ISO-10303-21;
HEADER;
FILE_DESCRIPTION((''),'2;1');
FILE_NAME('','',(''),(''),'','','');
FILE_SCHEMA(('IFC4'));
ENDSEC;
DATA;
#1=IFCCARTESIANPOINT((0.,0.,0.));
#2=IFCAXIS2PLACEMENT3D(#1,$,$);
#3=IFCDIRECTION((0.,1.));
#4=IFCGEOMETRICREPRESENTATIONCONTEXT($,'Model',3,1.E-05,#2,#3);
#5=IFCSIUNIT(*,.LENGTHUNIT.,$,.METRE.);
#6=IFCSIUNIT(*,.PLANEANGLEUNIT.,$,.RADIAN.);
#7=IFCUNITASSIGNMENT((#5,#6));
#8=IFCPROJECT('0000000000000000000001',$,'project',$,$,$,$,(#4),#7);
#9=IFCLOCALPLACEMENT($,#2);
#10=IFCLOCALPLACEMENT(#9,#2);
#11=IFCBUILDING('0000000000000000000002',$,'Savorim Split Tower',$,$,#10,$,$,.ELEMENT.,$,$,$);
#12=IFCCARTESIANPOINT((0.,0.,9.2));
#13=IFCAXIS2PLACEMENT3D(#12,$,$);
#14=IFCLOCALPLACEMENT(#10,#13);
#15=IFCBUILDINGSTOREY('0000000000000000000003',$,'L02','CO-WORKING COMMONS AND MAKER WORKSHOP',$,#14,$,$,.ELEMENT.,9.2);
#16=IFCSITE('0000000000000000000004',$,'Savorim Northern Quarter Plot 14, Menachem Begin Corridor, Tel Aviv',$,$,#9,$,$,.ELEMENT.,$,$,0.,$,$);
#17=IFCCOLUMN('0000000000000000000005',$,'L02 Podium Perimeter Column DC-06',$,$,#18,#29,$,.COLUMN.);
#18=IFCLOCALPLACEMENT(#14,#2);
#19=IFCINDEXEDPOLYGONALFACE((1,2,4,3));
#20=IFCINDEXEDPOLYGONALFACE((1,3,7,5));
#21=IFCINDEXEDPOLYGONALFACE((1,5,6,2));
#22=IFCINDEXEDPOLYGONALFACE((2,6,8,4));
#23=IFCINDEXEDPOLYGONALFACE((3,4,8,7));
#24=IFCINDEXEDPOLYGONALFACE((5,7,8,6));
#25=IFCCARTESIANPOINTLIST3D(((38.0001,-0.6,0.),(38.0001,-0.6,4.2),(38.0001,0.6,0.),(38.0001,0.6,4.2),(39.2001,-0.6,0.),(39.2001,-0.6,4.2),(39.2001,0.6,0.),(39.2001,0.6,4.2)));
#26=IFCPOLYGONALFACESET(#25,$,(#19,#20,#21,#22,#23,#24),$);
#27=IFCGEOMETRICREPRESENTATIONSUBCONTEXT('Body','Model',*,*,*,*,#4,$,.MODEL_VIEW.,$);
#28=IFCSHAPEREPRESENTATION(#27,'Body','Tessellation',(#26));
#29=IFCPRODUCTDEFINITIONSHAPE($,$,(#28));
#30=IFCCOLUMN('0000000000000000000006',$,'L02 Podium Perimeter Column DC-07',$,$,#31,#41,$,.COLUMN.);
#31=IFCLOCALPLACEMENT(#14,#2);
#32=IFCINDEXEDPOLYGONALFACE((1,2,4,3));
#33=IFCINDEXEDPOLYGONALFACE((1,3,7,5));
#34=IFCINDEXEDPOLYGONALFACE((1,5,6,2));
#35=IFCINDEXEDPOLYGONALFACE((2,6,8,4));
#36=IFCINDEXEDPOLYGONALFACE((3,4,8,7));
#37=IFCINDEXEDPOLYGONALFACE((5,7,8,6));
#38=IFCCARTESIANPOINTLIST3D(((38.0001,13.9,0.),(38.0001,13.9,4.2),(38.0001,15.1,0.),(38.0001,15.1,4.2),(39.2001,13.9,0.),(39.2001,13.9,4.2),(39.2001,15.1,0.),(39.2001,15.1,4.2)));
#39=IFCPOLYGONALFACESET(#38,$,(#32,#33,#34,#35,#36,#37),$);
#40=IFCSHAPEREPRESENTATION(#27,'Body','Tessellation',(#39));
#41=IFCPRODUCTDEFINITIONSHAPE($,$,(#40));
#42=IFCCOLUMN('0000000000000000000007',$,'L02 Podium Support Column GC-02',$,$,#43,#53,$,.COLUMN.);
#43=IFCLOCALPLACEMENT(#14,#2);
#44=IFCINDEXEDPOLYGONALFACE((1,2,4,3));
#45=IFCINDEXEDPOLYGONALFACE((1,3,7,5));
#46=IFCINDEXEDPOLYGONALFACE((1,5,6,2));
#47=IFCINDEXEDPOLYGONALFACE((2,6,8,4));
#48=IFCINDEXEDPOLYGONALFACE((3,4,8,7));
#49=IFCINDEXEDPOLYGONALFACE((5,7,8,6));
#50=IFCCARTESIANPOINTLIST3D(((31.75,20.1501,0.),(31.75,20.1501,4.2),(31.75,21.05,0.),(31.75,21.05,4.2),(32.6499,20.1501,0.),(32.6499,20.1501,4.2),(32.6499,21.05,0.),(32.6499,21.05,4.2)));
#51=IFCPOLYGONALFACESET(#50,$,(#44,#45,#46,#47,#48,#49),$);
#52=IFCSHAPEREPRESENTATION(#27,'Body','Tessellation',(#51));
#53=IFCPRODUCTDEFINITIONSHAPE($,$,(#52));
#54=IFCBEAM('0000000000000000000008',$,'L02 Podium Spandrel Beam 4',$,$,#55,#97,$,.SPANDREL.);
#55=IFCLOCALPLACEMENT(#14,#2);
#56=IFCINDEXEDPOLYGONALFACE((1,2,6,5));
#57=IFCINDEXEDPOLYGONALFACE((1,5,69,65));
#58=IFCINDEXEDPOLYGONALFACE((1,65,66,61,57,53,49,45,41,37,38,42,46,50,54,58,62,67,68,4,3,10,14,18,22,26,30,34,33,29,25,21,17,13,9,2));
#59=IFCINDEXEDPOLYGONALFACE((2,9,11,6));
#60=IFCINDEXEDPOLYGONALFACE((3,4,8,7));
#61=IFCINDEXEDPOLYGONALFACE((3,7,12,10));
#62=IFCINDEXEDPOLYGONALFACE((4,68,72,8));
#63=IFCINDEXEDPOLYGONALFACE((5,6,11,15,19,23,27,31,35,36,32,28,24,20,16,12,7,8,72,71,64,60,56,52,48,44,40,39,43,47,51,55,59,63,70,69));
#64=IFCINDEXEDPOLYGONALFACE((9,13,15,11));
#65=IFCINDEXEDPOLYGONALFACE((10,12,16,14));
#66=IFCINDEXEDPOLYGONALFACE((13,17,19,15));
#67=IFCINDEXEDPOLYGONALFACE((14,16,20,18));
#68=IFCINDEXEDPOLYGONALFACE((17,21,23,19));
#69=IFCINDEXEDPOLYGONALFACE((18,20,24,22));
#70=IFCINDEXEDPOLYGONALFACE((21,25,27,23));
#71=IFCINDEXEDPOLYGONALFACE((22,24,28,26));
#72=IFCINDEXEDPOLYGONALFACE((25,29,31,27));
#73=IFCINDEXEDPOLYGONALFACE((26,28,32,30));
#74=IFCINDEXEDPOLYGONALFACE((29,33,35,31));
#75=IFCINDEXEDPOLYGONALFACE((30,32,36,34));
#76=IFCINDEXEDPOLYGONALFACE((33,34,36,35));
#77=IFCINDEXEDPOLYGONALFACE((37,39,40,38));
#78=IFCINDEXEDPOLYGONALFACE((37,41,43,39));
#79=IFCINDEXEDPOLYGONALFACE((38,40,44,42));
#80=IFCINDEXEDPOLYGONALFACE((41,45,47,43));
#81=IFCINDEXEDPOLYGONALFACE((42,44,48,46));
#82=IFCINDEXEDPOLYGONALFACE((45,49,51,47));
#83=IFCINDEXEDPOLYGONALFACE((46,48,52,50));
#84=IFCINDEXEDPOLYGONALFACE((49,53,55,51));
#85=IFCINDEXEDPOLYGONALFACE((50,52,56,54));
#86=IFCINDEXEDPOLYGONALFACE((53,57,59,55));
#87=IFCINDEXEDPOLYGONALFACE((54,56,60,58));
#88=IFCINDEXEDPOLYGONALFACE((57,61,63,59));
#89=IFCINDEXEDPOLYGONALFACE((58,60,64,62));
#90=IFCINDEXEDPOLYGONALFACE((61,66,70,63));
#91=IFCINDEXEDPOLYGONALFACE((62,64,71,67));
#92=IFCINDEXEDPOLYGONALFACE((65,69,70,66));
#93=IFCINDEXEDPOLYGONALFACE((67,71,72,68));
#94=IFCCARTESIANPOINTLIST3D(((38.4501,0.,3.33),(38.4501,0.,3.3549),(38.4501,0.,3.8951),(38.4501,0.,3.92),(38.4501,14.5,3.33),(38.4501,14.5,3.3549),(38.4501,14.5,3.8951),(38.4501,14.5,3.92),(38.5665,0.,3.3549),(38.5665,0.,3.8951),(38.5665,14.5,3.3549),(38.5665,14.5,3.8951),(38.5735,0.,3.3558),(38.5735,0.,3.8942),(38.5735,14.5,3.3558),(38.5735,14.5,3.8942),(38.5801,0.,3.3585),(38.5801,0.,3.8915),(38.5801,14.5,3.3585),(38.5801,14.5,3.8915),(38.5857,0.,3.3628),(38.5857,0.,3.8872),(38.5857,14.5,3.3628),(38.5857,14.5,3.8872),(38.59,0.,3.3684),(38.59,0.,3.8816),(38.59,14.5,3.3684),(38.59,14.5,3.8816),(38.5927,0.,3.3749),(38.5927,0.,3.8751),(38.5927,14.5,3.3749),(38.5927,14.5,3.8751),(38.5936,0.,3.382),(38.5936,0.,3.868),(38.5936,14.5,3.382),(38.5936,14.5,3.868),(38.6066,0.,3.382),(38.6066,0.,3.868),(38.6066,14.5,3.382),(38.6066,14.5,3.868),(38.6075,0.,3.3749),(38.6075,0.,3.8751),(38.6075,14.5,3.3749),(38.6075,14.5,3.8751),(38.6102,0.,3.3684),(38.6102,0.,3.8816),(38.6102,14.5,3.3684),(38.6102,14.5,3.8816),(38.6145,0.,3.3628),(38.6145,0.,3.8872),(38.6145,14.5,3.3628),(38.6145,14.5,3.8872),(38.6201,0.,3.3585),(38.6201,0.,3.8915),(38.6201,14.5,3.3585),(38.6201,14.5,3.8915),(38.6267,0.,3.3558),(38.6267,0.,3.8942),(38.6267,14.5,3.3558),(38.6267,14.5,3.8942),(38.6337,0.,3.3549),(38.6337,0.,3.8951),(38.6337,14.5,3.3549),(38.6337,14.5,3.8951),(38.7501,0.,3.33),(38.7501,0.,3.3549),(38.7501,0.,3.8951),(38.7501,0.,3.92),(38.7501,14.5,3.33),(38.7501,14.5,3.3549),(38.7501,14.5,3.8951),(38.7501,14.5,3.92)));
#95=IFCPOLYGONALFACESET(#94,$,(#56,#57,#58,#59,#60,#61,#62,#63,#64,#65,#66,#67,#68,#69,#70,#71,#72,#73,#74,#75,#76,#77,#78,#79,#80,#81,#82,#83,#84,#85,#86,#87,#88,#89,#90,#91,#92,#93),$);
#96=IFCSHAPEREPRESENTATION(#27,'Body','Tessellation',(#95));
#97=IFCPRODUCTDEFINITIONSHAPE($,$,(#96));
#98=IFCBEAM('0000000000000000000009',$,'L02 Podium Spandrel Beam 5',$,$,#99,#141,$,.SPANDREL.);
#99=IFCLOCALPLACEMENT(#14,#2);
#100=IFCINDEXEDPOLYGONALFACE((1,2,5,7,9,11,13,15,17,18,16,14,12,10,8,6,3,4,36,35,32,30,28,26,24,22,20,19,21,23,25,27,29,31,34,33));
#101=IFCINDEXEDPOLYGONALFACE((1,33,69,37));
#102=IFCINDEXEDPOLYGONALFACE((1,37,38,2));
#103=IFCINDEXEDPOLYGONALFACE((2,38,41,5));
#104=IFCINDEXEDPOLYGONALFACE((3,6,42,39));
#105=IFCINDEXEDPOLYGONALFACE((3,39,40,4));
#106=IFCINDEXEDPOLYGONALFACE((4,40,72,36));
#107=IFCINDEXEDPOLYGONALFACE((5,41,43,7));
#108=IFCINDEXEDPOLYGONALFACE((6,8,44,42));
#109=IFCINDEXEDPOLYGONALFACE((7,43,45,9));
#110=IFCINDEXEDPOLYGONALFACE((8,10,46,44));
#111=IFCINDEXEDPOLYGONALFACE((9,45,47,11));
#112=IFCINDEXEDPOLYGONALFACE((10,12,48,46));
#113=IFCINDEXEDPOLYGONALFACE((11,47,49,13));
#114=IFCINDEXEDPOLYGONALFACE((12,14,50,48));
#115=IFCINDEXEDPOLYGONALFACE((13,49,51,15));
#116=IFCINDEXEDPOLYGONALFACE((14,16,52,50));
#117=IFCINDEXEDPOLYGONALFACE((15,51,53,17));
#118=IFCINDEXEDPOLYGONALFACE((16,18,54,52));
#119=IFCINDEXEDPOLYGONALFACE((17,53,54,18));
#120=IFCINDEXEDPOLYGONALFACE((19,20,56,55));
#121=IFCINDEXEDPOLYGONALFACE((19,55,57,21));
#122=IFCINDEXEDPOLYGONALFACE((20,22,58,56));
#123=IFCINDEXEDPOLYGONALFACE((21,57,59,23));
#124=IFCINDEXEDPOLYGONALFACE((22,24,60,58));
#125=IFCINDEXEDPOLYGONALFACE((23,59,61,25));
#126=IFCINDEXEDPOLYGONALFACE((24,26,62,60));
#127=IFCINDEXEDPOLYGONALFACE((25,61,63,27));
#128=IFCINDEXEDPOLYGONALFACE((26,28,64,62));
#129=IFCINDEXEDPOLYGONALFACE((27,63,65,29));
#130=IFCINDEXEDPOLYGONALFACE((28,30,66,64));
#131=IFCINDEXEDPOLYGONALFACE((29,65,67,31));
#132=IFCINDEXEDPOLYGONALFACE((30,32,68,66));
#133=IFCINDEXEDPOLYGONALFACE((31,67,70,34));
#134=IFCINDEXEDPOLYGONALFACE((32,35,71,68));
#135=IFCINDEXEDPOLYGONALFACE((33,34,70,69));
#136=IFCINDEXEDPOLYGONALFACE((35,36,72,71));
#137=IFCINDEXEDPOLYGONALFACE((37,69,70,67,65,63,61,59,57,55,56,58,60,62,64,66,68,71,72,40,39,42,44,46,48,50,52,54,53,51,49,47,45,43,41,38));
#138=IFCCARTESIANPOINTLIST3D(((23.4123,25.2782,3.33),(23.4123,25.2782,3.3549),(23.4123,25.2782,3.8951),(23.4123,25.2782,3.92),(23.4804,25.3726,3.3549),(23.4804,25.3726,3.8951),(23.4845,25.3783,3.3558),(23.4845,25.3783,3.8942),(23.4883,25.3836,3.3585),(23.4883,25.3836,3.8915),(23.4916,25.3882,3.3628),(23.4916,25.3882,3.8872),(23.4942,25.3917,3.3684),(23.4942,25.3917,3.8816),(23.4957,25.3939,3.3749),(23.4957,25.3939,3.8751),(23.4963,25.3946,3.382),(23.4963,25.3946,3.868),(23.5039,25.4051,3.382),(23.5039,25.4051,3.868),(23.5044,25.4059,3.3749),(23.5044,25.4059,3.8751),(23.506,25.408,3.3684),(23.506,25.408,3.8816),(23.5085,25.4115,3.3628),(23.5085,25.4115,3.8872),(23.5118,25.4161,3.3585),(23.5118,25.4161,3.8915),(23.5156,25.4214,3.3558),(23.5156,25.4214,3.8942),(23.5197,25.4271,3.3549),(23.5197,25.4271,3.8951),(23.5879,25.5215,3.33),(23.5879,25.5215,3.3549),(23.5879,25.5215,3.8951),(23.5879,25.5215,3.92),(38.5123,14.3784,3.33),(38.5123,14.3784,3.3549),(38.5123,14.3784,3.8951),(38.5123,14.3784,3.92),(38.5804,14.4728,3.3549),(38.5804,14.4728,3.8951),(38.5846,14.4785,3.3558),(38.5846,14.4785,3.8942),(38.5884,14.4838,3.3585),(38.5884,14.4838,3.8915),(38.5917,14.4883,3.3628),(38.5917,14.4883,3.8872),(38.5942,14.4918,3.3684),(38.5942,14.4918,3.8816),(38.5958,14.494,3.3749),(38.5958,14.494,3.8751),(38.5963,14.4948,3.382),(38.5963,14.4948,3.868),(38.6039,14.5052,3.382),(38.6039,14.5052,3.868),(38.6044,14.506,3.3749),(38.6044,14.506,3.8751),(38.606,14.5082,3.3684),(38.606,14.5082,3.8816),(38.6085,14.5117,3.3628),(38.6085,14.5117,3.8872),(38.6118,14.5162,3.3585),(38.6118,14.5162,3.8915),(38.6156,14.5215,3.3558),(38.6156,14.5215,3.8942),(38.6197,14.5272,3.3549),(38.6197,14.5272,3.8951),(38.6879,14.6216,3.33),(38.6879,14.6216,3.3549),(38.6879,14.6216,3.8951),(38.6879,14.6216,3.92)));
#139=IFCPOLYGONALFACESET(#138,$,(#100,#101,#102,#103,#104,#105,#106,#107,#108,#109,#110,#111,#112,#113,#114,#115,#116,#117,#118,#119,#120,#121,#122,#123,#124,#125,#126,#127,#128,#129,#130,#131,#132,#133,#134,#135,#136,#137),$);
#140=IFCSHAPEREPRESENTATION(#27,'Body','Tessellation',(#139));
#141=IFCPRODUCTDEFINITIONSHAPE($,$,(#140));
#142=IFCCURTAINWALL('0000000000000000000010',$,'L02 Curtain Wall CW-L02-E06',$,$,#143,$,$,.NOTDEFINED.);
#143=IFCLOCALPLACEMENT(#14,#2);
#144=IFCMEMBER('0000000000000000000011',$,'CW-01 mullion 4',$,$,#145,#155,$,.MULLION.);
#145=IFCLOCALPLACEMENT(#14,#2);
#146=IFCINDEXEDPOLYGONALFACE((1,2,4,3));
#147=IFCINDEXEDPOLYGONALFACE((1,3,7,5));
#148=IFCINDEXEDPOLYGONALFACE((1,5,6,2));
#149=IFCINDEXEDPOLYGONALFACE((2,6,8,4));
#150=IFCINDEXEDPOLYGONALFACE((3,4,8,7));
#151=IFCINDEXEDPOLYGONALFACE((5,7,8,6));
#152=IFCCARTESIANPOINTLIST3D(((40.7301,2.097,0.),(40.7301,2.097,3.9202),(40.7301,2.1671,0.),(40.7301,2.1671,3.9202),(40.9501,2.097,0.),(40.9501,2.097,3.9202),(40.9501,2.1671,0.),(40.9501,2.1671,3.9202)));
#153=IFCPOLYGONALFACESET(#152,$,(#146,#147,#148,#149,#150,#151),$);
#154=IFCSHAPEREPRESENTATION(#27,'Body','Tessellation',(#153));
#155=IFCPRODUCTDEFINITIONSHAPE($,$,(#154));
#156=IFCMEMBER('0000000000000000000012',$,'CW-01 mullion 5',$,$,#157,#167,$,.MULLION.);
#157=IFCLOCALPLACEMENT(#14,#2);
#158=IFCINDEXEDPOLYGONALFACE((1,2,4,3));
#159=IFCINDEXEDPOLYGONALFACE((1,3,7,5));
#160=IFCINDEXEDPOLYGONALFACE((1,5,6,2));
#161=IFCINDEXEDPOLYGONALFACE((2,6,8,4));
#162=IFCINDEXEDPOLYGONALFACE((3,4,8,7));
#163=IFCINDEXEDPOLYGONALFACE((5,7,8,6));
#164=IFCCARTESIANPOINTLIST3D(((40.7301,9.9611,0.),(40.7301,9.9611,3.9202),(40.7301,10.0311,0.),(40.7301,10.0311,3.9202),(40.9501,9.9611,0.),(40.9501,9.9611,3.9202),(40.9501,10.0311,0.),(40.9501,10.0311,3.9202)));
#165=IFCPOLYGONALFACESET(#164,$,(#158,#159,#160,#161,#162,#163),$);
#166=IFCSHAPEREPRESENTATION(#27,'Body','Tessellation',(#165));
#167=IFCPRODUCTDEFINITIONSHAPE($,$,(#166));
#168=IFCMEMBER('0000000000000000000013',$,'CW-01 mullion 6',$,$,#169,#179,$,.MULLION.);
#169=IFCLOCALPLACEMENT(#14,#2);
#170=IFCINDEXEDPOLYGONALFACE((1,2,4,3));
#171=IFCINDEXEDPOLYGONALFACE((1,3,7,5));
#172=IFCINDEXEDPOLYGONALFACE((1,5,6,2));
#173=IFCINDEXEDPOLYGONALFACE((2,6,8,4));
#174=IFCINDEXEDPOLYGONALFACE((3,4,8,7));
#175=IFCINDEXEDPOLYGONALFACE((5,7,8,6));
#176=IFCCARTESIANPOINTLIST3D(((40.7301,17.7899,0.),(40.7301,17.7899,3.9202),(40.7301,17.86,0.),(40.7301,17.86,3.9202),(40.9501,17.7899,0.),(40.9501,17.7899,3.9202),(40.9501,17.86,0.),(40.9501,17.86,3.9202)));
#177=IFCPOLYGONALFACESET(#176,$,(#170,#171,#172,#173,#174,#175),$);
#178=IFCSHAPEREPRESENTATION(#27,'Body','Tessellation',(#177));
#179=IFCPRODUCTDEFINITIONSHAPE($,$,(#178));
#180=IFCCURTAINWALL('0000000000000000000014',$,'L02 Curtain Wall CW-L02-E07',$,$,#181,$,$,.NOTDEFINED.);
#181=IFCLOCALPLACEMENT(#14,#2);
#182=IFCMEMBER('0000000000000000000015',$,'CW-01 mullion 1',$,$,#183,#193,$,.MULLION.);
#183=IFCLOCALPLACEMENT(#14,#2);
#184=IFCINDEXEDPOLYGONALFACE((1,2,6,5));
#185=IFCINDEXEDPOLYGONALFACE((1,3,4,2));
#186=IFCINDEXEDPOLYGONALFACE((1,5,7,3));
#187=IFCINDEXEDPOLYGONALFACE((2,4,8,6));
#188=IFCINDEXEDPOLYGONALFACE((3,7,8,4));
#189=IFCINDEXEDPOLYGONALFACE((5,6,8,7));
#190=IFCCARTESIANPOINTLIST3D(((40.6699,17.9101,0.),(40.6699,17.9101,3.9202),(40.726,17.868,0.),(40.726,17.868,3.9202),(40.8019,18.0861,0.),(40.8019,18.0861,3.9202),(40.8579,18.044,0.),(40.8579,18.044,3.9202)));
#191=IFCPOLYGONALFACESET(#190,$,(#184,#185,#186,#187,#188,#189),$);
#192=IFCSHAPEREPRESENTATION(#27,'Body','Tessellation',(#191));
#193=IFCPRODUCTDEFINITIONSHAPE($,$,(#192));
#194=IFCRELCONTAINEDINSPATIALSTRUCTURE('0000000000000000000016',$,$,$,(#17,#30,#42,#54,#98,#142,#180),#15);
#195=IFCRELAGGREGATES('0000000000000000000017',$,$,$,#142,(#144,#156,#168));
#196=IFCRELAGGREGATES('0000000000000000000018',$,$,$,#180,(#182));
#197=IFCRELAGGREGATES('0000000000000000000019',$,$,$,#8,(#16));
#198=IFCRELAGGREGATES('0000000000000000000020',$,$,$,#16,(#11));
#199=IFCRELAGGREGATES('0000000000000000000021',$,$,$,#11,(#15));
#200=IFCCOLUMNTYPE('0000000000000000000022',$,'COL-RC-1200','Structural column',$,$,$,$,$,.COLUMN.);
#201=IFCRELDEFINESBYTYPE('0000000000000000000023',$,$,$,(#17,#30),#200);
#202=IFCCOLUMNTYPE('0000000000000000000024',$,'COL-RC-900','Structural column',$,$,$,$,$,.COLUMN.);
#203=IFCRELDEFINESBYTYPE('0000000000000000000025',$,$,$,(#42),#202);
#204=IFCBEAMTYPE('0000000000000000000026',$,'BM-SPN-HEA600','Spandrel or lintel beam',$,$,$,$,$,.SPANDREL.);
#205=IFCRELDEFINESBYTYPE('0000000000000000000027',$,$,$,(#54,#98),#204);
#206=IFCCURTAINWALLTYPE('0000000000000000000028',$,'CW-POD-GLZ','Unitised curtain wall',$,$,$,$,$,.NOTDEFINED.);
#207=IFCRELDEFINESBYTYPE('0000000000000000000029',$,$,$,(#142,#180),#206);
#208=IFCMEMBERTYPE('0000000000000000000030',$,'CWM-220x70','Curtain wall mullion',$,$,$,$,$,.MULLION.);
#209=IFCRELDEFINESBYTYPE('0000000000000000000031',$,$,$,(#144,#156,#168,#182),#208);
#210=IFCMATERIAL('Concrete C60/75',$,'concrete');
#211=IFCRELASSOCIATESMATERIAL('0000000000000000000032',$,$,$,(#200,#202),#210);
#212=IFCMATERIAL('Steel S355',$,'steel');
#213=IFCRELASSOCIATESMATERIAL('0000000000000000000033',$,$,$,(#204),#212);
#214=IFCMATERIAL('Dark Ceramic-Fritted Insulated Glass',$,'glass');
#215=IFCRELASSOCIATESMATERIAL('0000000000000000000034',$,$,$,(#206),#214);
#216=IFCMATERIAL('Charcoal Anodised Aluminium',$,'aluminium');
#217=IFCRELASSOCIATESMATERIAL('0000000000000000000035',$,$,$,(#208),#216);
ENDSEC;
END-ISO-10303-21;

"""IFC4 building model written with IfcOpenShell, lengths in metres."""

from ifc_helpers import new_model, si_unit, direction, frame, origin, origin_2d, place, context, subcontext, project, spatial, rectangle, i_section, extrude, material, material_profile, profile_set, type_object, element, aggregate, save


model = new_model("IFC4")

# Units and contexts
model_context = context("Model", 3, precision=1e-05, world=origin(), true_north=direction((0.0, 1.0)))
body_context = subcontext(model_context, "Body", "Model", "MODEL_VIEW")
ifc_project = project(units=[si_unit("LENGTHUNIT", "METRE"), si_unit("PLANEANGLEUNIT", "RADIAN")], contexts=[model_context])

# Site, building, storey
site_placement = place(None, origin())
site = spatial("IfcSite", under=ifc_project, at=site_placement, Name="Savorim Northern Quarter Plot 14, Menachem Begin Corridor, Tel Aviv", CompositionType="ELEMENT", RefElevation=0.0)
building_placement = place(site_placement, origin())
building = spatial("IfcBuilding", under=site, at=building_placement, Name="Savorim Split Tower", CompositionType="ELEMENT")
storey_placement = place(building_placement, frame((0.0, 0.0, 9.2)))
storey = spatial("IfcBuildingStorey", under=building, at=storey_placement, Name="L02", Description="CO-WORKING COMMONS AND MAKER WORKSHOP", CompositionType="ELEMENT", Elevation=9.2)

# Columns
ifc_material_1 = material(Name="Concrete C60/75", Category="concrete")
ifc_material_profile_1 = material_profile(ifc_material_1, rectangle(XDim=1.2, YDim=1.2, at=origin_2d()), Name="RC 1200x1200")
ifc_profile_set_1 = profile_set([ifc_material_profile_1], Name="Concrete C60/75")
column_type_1 = type_object("IfcColumnType", Name="COL-RC-1200", Description="Structural column", PredefinedType="COLUMN", material=ifc_profile_set_1)
for number, where, z_axis, x_axis, name in (
    (1, (38.6001, 0.0, 0.0), (0.0, 0.0, 1.0), (1.0, 0.0, 0.0), "L02 Podium Perimeter Column DC-06"),
    (2, (38.6001, 14.5, 0.0), (0.0, 0.0, 1.0), (1.0, 0.0, 0.0), "L02 Podium Perimeter Column DC-07"),
):
    element("IfcColumn", number, at=place(storey_placement, frame(where, z_axis=z_axis, x_axis=x_axis)), inside=storey, type_object=column_type_1, Name=name, PredefinedType="COLUMN", context=body_context, shape_type="SweptSolid", body=[
        extrude(rectangle(XDim=1.2, YDim=1.2, at=origin_2d()), origin(), (0.0, 0.0, 1.0), 4.2),
    ])
ifc_material_profile_2 = material_profile(ifc_material_1, rectangle(XDim=0.8999, YDim=0.8999, at=origin_2d()), Name="RC 900x900")
ifc_profile_set_2 = profile_set([ifc_material_profile_2], Name="Concrete C60/75")
column_type_2 = type_object("IfcColumnType", Name="COL-RC-900", Description="Structural column", PredefinedType="COLUMN", material=ifc_profile_set_2)
column_placement = place(storey_placement, frame((32.2, 20.6001, 0.0), z_axis=(0.0, 0.0, 1.0), x_axis=(1.0, 0.0, 0.0)))
element("IfcColumn", 3, at=column_placement, inside=storey, type_object=column_type_2, Name="L02 Podium Support Column GC-02", PredefinedType="COLUMN", context=body_context, shape_type="SweptSolid", body=[
    extrude(rectangle(XDim=0.8999, YDim=0.8999, at=origin_2d()), origin(), (0.0, 0.0, 1.0), 4.2),
])

# Beams
ifc_material_2 = material(Name="Steel S355", Category="steel")
ifc_material_profile_3 = material_profile(ifc_material_2, i_section(OverallWidth=0.3, OverallDepth=0.5901, WebThickness=0.0129, FlangeThickness=0.0249, FilletRadius=0.0271, at=origin_2d()), Name="HEA 600")
ifc_profile_set_3 = profile_set([ifc_material_profile_3], Name="Steel S355")
beam_type = type_object("IfcBeamType", Name="BM-SPN-HEA600", Description="Spandrel or lintel beam", PredefinedType="SPANDREL", material=ifc_profile_set_3)
beam_1_placement = place(storey_placement, frame((38.6001, 0.0, 3.625), z_axis=(0.0, 1.0, 0.0), x_axis=(-1.0, 0.0, 0.0)))
element("IfcBeam", 4, at=beam_1_placement, inside=storey, type_object=beam_type, Name="L02 Podium Spandrel Beam 4", PredefinedType="SPANDREL", context=body_context, shape_type="SweptSolid", body=[
    extrude(i_section(OverallWidth=0.3, OverallDepth=0.5901, WebThickness=0.0129, FlangeThickness=0.0249, FilletRadius=0.0271, at=origin_2d()), origin(), (0.0, 0.0, 1.0), 14.5),
])
beam_2_placement = place(storey_placement, frame((38.6001, 14.5, 3.625), z_axis=(-0.810825, 0.585289, 0.0), x_axis=(-0.585289, -0.810825, 0.0)))
element("IfcBeam", 5, at=beam_2_placement, inside=storey, type_object=beam_type, Name="L02 Podium Spandrel Beam 5", PredefinedType="SPANDREL", context=body_context, shape_type="SweptSolid", body=[
    extrude(i_section(OverallWidth=0.3, OverallDepth=0.5901, WebThickness=0.0129, FlangeThickness=0.0249, FilletRadius=0.0271, at=origin_2d()), origin(), (0.0, 0.0, 1.0), 18.623),
])

# Curtain walls, members
ifc_material_3 = material(Name="Dark Ceramic-Fritted Insulated Glass", Category="glass")
curtain_wall_type = type_object("IfcCurtainWallType", Name="CW-POD-GLZ", Description="Unitised curtain wall", PredefinedType="NOTDEFINED", material=ifc_material_3)
curtain_wall_1_placement = place(storey_placement, origin())
curtain_wall_1 = element("IfcCurtainWall", 6, at=curtain_wall_1_placement, inside=storey, type_object=curtain_wall_type, Name="L02 Curtain Wall CW-L02-E06", PredefinedType="NOTDEFINED")
ifc_material_4 = material(Name="Charcoal Anodised Aluminium", Category="aluminium")
ifc_material_profile_4 = material_profile(ifc_material_4, rectangle(XDim=0.22, YDim=0.0701, at=origin_2d()), Name="ALU-M 220x70")
ifc_profile_set_4 = profile_set([ifc_material_profile_4], Name="Charcoal Anodised Aluminium")
member_type_1 = type_object("IfcMemberType", Name="CWM-220x70", Description="Curtain wall mullion", PredefinedType="MULLION", material=ifc_profile_set_4)
member_1_placement = place(storey_placement, frame((40.8401, 2.1321, 0.0), z_axis=(0.0, 0.0, 1.0), x_axis=(-1.0, 0.0, 0.0)))
member_1 = element("IfcMember", 7, at=member_1_placement, type_object=member_type_1, Name="CW-01 mullion 4", PredefinedType="MULLION", context=body_context, shape_type="SweptSolid", body=[
    extrude(rectangle(XDim=0.22, YDim=0.0701, at=origin_2d()), origin(), (0.0, 0.0, 1.0), 3.9202),
])
member_2_placement = place(storey_placement, frame((40.8401, 9.9961, 0.0), z_axis=(0.0, 0.0, 1.0), x_axis=(-1.0, 0.0, 0.0)))
member_2 = element("IfcMember", 8, at=member_2_placement, type_object=member_type_1, Name="CW-01 mullion 5", PredefinedType="MULLION", context=body_context, shape_type="SweptSolid", body=[
    extrude(rectangle(XDim=0.22, YDim=0.0701, at=origin_2d()), origin(), (0.0, 0.0, 1.0), 3.9202),
])
member_3_placement = place(storey_placement, frame((40.8401, 17.825, 0.0), z_axis=(0.0, 0.0, 1.0), x_axis=(-1.0, 0.0, 0.0)))
member_3 = element("IfcMember", 9, at=member_3_placement, type_object=member_type_1, Name="CW-01 mullion 6", PredefinedType="MULLION", context=body_context, shape_type="SweptSolid", body=[
    extrude(rectangle(XDim=0.22, YDim=0.0701, at=origin_2d()), origin(), (0.0, 0.0, 1.0), 3.9202),
])
curtain_wall_2_placement = place(storey_placement, origin())
curtain_wall_2 = element("IfcCurtainWall", 10, at=curtain_wall_2_placement, inside=storey, type_object=curtain_wall_type, Name="L02 Curtain Wall CW-L02-E07", PredefinedType="NOTDEFINED")
member_4_placement = place(storey_placement, frame((40.7639, 17.9771, 0.0), z_axis=(0.0, 0.0, 1.0), x_axis=(-0.6, -0.8, 0.0)))
member_4 = element("IfcMember", 11, at=member_4_placement, type_object=member_type_1, Name="CW-01 mullion 1", PredefinedType="MULLION", context=body_context, shape_type="SweptSolid", body=[
    extrude(rectangle(XDim=0.22, YDim=0.0701, at=origin_2d()), origin(), (0.0, 0.0, 1.0), 3.9202),
])

aggregate(curtain_wall_1, [member_1, member_2, member_3])
aggregate(curtain_wall_2, [member_4])

save(model, "model.ifc")
